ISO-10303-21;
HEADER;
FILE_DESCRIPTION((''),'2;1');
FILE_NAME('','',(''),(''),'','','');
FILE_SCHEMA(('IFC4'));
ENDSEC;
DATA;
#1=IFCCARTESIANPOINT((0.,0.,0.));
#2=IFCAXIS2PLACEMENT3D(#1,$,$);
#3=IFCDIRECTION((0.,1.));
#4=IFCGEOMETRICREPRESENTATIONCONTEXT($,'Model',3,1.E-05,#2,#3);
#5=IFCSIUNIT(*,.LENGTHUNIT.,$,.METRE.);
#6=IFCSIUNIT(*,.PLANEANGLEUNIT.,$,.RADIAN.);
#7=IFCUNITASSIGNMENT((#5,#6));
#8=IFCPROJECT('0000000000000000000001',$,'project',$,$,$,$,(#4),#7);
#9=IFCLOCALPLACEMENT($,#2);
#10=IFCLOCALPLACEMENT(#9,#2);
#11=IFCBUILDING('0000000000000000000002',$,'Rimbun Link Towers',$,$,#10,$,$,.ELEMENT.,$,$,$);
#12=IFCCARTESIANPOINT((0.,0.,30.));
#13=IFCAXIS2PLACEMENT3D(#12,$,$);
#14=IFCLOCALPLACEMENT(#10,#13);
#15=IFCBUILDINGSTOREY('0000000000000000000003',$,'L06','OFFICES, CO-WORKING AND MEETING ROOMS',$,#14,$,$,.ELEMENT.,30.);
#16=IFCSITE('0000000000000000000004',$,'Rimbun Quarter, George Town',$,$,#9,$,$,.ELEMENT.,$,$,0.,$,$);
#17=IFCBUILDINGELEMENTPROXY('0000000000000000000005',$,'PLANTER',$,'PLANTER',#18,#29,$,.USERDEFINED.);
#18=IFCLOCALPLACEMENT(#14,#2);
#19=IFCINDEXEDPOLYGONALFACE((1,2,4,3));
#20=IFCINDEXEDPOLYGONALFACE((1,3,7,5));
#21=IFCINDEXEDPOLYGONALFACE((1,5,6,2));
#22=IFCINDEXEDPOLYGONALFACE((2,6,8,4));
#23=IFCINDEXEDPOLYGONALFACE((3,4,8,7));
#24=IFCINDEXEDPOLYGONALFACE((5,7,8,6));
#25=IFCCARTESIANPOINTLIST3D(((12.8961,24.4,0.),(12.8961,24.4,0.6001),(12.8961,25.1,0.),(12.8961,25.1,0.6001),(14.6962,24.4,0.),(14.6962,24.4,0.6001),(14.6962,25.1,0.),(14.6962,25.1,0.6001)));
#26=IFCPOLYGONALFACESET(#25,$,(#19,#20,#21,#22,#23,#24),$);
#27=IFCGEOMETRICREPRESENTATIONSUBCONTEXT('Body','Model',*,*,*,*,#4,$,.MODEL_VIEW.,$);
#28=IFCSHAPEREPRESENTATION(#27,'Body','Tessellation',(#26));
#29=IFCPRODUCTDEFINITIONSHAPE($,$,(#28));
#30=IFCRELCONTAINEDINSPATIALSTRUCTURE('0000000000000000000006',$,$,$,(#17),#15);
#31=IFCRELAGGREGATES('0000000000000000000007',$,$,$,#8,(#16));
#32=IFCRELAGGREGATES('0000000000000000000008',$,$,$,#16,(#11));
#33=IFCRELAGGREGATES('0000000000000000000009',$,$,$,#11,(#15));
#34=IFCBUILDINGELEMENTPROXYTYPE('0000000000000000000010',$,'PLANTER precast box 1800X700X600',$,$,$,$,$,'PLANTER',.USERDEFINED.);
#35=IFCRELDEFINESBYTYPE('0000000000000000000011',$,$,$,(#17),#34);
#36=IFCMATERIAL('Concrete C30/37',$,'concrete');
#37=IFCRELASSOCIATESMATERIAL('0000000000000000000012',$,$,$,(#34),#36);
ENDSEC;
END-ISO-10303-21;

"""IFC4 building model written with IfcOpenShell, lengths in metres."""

from ifc_helpers import new_model, si_unit, direction, frame, origin, origin_2d, place, context, subcontext, project, spatial, rectangle, extrude, material, type_object, element, save


model = new_model("IFC4")

# Units and contexts
model_context = context("Model", 3, precision=1e-05, world=origin(), true_north=direction((0.0, 1.0)))
body_context = subcontext(model_context, "Body", "Model", "MODEL_VIEW")
ifc_project = project(units=[si_unit("LENGTHUNIT", "METRE"), si_unit("PLANEANGLEUNIT", "RADIAN")], contexts=[model_context])

# Site, building, storey
site_placement = place(None, origin())
site = spatial("IfcSite", under=ifc_project, at=site_placement, Name="Rimbun Quarter, George Town", CompositionType="ELEMENT", RefElevation=0.0)
building_placement = place(site_placement, origin())
building = spatial("IfcBuilding", under=site, at=building_placement, Name="Rimbun Link Towers", CompositionType="ELEMENT")
storey_placement = place(building_placement, frame((0.0, 0.0, 30.0)))
storey = spatial("IfcBuildingStorey", under=building, at=storey_placement, Name="L06", Description="OFFICES, CO-WORKING AND MEETING ROOMS", CompositionType="ELEMENT", Elevation=30.0)

# Building element proxy
ifc_material_1 = material(Name="Concrete C30/37", Category="concrete")
building_element_proxy_type = type_object("IfcBuildingElementProxyType", Name="PLANTER precast box 1800X700X600", ElementType="PLANTER", PredefinedType="USERDEFINED", material=ifc_material_1)
proxy_placement = place(storey_placement, frame((13.7961, 24.75, 0.0), z_axis=(0.0, 0.0, 1.0), x_axis=(-1.0, 0.0, 0.0)))
element("IfcBuildingElementProxy", 1, at=proxy_placement, inside=storey, type_object=building_element_proxy_type, Name="PLANTER", ObjectType="PLANTER", PredefinedType="USERDEFINED", context=body_context, shape_type="SweptSolid", body=[
    extrude(rectangle(XDim=1.8, YDim=0.7, at=origin_2d()), origin(), (0.0, 0.0, 1.0), 0.6001),
])

save(model, "model.ifc")
